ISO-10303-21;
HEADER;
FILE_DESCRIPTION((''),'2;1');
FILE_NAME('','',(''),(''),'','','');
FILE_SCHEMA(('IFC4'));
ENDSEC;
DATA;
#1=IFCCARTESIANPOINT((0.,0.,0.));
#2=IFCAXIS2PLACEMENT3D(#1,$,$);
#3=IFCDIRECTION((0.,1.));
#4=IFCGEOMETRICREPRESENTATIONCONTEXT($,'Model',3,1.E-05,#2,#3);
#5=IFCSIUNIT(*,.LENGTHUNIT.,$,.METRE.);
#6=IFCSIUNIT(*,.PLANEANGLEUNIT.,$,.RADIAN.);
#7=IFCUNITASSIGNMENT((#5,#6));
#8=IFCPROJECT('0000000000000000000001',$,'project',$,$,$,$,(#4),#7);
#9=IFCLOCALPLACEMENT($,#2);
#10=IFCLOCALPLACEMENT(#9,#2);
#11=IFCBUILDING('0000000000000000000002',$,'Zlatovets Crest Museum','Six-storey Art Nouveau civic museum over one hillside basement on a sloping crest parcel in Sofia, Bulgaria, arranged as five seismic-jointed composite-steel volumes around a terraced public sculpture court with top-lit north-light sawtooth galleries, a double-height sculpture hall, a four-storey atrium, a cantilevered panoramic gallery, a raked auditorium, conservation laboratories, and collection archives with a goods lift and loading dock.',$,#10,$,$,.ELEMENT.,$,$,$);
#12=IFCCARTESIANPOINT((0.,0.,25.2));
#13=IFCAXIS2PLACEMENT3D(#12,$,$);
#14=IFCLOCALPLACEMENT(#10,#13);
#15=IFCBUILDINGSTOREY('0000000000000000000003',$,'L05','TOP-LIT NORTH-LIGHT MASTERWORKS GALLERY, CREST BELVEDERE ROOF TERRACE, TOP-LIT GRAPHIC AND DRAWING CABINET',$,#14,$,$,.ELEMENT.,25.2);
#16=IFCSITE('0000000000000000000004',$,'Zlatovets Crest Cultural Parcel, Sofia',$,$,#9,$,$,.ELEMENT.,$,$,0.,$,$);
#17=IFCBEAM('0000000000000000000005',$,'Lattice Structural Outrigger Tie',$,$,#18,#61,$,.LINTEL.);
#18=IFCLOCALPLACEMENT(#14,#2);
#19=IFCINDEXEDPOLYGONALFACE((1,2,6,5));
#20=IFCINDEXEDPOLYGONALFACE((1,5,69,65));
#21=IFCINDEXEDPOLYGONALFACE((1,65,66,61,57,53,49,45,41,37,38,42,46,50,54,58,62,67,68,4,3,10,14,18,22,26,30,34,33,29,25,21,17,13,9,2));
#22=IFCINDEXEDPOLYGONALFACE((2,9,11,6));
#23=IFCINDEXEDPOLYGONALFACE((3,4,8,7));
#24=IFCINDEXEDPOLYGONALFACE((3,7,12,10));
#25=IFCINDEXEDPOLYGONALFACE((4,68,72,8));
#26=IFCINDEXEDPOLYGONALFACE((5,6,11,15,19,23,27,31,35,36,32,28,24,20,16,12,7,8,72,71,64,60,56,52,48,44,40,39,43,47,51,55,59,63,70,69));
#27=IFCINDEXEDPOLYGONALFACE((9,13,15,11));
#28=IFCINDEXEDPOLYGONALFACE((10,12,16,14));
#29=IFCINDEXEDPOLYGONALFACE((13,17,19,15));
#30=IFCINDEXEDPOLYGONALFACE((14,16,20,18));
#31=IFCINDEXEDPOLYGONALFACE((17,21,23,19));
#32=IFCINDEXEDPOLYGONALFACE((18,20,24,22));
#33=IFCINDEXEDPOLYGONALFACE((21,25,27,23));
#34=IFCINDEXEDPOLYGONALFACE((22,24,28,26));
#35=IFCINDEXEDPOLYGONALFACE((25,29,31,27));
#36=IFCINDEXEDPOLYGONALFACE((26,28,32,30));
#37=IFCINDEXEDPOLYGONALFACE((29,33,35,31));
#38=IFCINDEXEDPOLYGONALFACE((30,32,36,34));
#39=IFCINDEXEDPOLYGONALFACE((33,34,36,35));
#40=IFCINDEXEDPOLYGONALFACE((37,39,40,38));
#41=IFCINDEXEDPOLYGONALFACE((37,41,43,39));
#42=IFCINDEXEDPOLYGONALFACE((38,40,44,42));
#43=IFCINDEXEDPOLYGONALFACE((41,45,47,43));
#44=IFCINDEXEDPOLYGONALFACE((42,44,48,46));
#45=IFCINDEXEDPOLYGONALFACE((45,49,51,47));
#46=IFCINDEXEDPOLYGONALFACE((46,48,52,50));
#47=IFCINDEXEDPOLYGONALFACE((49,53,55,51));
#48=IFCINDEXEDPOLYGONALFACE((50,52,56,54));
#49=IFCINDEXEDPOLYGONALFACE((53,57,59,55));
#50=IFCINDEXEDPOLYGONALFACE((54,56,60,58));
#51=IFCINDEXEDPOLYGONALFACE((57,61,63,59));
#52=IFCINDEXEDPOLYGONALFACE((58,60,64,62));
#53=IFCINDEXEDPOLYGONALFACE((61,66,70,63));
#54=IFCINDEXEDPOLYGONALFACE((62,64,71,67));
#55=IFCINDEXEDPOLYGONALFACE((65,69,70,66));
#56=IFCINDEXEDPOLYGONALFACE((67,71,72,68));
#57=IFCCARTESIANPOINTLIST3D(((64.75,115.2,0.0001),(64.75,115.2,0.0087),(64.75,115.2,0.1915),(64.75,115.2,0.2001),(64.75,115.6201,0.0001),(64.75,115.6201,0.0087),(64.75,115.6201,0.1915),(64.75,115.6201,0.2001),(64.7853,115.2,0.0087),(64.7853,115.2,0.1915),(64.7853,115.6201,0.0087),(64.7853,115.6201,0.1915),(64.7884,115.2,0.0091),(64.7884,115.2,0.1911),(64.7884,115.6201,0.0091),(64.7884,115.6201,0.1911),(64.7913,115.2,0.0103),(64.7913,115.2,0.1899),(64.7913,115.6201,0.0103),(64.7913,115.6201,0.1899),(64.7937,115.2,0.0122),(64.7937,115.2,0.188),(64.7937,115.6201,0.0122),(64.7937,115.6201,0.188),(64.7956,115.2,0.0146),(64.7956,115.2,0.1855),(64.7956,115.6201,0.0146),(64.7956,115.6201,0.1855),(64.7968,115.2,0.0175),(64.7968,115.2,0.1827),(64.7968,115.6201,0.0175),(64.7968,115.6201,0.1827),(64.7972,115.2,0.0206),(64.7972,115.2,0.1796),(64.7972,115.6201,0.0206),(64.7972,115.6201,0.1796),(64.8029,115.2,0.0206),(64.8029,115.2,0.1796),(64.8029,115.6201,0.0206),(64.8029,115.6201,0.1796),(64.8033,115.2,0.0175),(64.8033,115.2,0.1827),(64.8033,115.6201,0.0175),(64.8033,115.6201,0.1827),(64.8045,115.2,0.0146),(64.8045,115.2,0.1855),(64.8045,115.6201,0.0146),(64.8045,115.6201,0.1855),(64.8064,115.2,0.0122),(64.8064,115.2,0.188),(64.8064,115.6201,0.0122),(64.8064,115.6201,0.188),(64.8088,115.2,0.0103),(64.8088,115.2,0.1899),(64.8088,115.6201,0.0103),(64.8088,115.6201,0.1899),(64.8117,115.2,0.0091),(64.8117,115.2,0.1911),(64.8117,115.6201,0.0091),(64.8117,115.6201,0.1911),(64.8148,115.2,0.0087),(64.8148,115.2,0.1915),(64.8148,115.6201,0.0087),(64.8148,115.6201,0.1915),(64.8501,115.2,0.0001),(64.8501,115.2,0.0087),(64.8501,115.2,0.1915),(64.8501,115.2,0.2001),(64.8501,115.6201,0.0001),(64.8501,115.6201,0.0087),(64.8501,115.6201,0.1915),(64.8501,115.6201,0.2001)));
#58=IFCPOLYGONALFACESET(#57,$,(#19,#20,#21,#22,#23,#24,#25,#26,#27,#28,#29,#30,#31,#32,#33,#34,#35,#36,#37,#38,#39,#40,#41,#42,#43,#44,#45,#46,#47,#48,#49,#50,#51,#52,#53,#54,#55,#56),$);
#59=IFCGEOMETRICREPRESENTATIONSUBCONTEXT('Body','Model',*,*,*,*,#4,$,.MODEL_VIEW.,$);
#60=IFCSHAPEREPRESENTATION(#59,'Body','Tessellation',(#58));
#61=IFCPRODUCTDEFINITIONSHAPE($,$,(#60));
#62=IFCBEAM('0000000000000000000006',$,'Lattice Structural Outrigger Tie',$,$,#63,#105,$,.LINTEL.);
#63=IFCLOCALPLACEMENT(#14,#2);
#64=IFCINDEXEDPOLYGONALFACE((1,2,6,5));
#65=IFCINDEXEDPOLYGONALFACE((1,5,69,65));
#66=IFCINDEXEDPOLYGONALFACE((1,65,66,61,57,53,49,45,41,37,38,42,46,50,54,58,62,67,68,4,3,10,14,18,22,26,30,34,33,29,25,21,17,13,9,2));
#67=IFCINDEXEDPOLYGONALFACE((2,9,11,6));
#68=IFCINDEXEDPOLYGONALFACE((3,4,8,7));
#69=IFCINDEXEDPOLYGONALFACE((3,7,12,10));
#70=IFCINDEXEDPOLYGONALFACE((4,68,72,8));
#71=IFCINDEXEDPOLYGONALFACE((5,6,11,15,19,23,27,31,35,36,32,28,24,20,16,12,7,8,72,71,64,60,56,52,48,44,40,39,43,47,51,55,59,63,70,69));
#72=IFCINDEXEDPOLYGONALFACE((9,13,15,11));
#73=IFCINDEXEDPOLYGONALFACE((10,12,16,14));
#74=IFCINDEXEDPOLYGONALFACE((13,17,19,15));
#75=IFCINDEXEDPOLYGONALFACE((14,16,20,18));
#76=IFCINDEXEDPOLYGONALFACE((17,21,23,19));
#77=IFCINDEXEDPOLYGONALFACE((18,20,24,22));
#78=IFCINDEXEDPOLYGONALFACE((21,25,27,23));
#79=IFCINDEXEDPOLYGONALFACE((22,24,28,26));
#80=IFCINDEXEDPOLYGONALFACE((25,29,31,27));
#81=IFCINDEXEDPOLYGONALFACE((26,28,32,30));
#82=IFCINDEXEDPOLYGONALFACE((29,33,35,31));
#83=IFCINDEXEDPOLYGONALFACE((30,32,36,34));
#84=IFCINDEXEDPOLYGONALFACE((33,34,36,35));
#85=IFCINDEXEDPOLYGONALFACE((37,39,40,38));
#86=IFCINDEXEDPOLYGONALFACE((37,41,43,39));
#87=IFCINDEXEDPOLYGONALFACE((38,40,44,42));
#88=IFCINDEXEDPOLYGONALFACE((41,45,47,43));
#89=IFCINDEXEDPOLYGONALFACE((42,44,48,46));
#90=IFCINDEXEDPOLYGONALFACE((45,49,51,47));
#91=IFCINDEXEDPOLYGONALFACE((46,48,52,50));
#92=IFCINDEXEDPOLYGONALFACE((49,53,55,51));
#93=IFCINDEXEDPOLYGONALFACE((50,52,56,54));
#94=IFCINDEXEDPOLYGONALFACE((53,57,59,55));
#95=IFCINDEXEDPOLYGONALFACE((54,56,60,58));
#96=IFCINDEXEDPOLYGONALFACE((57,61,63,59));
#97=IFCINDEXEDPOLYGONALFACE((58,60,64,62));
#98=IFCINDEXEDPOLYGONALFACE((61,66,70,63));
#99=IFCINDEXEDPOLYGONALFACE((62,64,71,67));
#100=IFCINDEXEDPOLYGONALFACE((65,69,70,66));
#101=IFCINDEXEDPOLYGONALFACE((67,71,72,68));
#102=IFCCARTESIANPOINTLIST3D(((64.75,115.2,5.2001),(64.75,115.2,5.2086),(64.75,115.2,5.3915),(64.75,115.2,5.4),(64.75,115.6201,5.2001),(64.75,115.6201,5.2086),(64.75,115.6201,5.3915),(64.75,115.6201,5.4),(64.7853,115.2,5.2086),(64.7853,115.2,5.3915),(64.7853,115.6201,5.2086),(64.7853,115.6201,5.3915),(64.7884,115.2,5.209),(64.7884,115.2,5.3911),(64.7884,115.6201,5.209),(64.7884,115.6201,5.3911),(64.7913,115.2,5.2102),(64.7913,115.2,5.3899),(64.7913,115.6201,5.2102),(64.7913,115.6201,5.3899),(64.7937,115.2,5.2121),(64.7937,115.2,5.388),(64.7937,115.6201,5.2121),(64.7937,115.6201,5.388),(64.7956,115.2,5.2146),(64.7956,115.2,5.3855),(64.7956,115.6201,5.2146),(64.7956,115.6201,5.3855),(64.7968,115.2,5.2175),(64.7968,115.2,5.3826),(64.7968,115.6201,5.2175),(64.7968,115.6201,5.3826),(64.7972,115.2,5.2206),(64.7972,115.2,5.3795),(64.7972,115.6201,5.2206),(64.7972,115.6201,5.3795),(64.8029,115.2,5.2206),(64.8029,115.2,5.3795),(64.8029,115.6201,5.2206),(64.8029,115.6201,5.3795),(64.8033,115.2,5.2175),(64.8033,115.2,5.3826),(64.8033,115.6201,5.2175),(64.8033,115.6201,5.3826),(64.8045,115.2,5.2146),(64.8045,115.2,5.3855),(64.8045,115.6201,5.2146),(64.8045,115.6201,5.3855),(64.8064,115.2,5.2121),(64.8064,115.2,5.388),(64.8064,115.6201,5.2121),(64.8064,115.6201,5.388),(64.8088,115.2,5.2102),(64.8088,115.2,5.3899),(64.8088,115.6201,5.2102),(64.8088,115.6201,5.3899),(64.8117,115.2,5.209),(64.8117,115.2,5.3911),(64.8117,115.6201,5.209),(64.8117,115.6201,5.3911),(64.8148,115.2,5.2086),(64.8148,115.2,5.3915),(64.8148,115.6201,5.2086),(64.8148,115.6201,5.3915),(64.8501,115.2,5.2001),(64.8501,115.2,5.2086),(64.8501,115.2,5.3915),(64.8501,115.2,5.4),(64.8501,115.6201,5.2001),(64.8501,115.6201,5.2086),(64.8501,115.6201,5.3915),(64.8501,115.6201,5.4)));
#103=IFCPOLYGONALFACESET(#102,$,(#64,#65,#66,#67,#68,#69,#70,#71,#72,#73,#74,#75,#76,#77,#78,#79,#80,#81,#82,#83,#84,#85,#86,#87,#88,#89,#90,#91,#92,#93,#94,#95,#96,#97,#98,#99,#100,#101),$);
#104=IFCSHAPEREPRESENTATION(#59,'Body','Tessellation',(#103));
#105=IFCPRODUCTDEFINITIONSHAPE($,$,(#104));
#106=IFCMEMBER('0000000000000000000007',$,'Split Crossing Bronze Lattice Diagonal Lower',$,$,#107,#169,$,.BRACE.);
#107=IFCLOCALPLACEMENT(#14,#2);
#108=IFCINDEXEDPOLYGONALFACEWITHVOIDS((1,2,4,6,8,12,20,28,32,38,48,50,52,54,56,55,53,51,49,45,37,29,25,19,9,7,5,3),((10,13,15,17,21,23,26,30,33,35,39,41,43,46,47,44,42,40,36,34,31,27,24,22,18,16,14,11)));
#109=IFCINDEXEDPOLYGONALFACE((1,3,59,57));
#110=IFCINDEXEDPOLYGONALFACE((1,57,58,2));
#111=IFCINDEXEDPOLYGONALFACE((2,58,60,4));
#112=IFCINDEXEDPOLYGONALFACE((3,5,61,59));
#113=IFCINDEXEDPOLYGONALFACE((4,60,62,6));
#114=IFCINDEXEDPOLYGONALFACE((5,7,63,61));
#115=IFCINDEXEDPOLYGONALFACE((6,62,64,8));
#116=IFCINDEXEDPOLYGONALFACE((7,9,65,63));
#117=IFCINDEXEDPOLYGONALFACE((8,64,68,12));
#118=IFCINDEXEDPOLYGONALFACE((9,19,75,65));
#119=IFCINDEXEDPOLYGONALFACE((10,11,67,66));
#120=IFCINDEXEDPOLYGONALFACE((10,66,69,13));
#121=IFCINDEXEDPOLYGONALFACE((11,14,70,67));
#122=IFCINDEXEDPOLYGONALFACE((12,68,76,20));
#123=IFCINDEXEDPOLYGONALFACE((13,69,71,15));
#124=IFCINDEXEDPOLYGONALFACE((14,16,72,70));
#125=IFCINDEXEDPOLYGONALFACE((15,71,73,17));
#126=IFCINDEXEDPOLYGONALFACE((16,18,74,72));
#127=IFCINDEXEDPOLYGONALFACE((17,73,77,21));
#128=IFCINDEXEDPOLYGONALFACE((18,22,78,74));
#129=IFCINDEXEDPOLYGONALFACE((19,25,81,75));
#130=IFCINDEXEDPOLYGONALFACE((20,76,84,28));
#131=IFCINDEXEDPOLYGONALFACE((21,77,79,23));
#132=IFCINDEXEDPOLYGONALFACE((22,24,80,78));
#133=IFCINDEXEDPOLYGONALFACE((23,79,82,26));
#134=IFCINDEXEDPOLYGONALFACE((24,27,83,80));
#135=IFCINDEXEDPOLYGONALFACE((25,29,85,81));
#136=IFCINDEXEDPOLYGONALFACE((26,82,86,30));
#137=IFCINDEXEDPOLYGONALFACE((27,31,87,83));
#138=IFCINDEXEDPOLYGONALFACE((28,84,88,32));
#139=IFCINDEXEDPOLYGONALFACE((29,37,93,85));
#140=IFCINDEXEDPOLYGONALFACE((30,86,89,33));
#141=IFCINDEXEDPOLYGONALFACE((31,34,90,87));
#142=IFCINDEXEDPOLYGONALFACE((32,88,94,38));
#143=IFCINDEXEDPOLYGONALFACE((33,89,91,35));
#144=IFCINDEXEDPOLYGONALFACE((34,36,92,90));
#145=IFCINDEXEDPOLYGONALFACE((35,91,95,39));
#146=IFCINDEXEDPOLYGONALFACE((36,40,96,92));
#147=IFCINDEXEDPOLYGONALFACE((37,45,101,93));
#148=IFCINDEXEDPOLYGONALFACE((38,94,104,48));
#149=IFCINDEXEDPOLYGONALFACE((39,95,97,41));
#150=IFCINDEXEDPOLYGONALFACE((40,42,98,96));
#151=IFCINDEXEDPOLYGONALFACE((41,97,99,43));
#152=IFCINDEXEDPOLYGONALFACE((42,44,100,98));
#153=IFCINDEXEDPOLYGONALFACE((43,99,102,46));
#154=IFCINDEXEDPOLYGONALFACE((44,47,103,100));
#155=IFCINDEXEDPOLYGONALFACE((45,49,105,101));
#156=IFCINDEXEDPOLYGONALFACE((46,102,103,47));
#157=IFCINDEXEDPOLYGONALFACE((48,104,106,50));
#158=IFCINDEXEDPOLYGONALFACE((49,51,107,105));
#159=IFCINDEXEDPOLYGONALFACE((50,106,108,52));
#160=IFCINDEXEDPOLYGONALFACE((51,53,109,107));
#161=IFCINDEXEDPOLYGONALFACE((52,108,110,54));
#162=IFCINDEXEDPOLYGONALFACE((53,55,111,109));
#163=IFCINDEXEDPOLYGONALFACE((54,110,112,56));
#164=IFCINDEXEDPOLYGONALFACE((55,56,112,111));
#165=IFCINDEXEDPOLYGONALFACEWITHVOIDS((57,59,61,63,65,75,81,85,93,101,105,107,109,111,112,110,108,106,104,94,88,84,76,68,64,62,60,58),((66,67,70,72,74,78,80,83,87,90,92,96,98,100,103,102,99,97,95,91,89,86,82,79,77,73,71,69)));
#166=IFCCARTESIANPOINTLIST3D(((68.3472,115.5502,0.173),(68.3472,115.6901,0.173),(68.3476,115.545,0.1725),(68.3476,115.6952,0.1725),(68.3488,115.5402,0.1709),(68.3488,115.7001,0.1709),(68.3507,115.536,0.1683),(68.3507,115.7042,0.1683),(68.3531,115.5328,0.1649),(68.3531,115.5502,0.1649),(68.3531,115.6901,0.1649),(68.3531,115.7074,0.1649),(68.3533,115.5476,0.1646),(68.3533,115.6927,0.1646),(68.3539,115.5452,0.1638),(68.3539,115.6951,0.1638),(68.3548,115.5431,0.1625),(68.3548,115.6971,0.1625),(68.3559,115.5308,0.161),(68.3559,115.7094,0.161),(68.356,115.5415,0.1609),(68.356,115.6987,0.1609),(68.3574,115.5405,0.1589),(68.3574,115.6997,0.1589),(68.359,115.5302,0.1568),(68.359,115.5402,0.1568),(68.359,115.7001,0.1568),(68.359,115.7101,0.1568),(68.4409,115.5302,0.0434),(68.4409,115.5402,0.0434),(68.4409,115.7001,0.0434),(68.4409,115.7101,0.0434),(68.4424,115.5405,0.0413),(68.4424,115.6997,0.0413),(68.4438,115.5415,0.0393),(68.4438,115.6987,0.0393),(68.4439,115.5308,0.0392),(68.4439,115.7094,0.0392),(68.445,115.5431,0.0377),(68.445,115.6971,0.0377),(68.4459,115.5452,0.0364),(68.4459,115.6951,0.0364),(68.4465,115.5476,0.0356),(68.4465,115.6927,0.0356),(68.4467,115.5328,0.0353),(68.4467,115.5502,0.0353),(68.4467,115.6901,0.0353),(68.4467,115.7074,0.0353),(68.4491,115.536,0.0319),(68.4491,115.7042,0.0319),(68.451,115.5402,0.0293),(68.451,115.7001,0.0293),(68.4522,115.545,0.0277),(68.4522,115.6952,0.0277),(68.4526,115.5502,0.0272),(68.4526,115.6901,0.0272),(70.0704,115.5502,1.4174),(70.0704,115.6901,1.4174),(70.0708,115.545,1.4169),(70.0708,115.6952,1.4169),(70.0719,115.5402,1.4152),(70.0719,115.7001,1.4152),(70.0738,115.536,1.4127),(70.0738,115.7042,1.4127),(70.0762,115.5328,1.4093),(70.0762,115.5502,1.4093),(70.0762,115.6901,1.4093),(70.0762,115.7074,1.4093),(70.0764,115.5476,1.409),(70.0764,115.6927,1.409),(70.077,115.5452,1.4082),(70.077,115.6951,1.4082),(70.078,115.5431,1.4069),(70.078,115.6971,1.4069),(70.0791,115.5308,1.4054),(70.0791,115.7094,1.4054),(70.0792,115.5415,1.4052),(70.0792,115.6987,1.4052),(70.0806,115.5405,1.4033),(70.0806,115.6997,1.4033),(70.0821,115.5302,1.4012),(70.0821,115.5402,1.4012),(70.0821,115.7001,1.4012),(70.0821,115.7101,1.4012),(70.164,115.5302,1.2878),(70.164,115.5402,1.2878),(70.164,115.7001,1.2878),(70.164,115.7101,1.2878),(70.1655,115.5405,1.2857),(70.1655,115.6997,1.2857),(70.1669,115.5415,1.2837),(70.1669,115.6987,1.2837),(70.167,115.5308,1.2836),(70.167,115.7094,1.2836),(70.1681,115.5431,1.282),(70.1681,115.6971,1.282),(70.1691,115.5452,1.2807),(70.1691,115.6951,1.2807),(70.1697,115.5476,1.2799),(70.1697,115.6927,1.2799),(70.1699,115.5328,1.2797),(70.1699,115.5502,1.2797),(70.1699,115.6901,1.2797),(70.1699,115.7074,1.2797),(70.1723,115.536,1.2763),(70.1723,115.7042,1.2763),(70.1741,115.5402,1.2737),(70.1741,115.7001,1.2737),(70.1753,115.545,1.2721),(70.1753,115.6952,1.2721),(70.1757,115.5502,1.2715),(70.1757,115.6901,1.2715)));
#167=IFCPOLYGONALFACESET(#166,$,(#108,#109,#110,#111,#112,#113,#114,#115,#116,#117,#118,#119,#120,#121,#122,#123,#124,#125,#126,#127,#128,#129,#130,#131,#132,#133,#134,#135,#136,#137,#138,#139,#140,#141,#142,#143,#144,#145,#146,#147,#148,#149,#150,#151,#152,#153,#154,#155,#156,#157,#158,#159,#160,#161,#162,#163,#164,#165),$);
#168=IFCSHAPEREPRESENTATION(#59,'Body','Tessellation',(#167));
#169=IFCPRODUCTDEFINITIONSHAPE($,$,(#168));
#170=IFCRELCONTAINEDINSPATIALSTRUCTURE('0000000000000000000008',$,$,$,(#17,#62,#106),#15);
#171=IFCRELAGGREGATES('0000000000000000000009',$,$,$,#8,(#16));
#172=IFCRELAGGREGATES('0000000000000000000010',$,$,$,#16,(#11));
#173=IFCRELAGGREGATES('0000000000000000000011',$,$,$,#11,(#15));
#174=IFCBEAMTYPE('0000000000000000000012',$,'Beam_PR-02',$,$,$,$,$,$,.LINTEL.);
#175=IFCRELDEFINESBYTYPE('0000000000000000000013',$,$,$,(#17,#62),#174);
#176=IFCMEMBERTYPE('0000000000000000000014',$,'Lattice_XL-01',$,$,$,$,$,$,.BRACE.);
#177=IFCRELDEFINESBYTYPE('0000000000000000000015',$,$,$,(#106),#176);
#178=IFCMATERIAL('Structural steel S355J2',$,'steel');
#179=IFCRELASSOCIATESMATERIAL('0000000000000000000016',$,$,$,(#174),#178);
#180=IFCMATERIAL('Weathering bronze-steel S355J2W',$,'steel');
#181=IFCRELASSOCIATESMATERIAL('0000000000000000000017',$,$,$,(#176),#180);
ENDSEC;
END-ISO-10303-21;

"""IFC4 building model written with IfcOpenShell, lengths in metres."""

from ifc_helpers import new_model, si_unit, direction, frame, origin, origin_2d, place, context, subcontext, project, spatial, hollow_rectangle, i_section, extrude, material, material_profile, profile_set, type_object, element, save


model = new_model("IFC4")

# Units and contexts
model_context = context("Model", 3, precision=1e-05, world=origin(), true_north=direction((0.0, 1.0)))
body_context = subcontext(model_context, "Body", "Model", "MODEL_VIEW")
ifc_project = project(units=[si_unit("LENGTHUNIT", "METRE"), si_unit("PLANEANGLEUNIT", "RADIAN")], contexts=[model_context])

# Site, building, storey
site_placement = place(None, origin())
site = spatial("IfcSite", under=ifc_project, at=site_placement, Name="Zlatovets Crest Cultural Parcel, Sofia", CompositionType="ELEMENT", RefElevation=0.0)
building_placement = place(site_placement, origin())
building = spatial("IfcBuilding", under=site, at=building_placement, Name="Zlatovets Crest Museum", Description="Six-storey Art Nouveau civic museum over one hillside basement on a sloping crest parcel in Sofia, Bulgaria, arranged as five seismic-jointed composite-steel volumes around a terraced public sculpture court with top-lit north-light sawtooth galleries, a double-height sculpture hall, a four-storey atrium, a cantilevered panoramic gallery, a raked auditorium, conservation laboratories, and collection archives with a goods lift and loading dock.", CompositionType="ELEMENT")
storey_placement = place(building_placement, frame((0.0, 0.0, 25.2)))
storey = spatial("IfcBuildingStorey", under=building, at=storey_placement, Name="L05", Description="TOP-LIT NORTH-LIGHT MASTERWORKS GALLERY, CREST BELVEDERE ROOF TERRACE, TOP-LIT GRAPHIC AND DRAWING CABINET", CompositionType="ELEMENT", Elevation=25.2)

# Beams
ifc_material_1 = material(Name="Structural steel S355J2", Category="steel")
ifc_material_profile_1 = material_profile(ifc_material_1, i_section(OverallWidth=0.1001, OverallDepth=0.2, WebThickness=0.0056, FlangeThickness=0.0085, FilletRadius=0.012, at=origin_2d()), Name="IPE 200")
ifc_profile_set_1 = profile_set([ifc_material_profile_1], Name="Structural steel S355J2")
beam_type = type_object("IfcBeamType", Name="Beam_PR-02", PredefinedType="LINTEL", material=ifc_profile_set_1)
for number, where, z_axis, x_axis, name in (
    (1, (64.8, 115.2, 0.1001), (0.0, 1.0, 0.0), (-1.0, 0.0, 0.0), "Lattice Structural Outrigger Tie"),
    (2, (64.8, 115.2, 5.3), (0.0, 1.0, 0.0), (-1.0, 0.0, 0.0), "Lattice Structural Outrigger Tie"),
):
    element("IfcBeam", number, at=place(storey_placement, frame(where, z_axis=z_axis, x_axis=x_axis)), inside=storey, type_object=beam_type, Name=name, PredefinedType="LINTEL", context=body_context, shape_type="SweptSolid", body=[
        extrude(i_section(OverallWidth=0.1001, OverallDepth=0.2, WebThickness=0.0056, FlangeThickness=0.0085, FilletRadius=0.012, at=origin_2d()), origin(), (0.0, 0.0, 1.0), 0.4202),
    ])

# Member
ifc_material_2 = material(Name="Weathering bronze-steel S355J2W", Category="steel")
ifc_material_profile_2 = material_profile(ifc_material_2, hollow_rectangle(XDim=0.1799, YDim=0.1799, WallThickness=0.01, InnerFilletRadius=0.01, OuterFilletRadius=0.02, at=origin_2d()), Name="SHS 180x180x10.0")
ifc_profile_set_2 = profile_set([ifc_material_profile_2], Name="Weathering bronze-steel S355J2W")
member_type_1 = type_object("IfcMemberType", Name="Lattice_XL-01", PredefinedType="BRACE", material=ifc_profile_set_2)
member_1_placement = place(storey_placement, frame((70.123, 115.6201, 1.3445), z_axis=(-0.810703, 0.0, -0.585457), x_axis=(0.0, -1.0, 0.0)))
element("IfcMember", 3, at=member_1_placement, inside=storey, type_object=member_type_1, Name="Split Crossing Bronze Lattice Diagonal Lower", PredefinedType="BRACE", context=body_context, shape_type="SweptSolid", body=[
    extrude(hollow_rectangle(XDim=0.1799, YDim=0.1799, WallThickness=0.01, InnerFilletRadius=0.01, OuterFilletRadius=0.02, at=origin_2d()), origin(), (0.0, 0.0, 1.0), 2.1255),
])

save(model, "model.ifc")
